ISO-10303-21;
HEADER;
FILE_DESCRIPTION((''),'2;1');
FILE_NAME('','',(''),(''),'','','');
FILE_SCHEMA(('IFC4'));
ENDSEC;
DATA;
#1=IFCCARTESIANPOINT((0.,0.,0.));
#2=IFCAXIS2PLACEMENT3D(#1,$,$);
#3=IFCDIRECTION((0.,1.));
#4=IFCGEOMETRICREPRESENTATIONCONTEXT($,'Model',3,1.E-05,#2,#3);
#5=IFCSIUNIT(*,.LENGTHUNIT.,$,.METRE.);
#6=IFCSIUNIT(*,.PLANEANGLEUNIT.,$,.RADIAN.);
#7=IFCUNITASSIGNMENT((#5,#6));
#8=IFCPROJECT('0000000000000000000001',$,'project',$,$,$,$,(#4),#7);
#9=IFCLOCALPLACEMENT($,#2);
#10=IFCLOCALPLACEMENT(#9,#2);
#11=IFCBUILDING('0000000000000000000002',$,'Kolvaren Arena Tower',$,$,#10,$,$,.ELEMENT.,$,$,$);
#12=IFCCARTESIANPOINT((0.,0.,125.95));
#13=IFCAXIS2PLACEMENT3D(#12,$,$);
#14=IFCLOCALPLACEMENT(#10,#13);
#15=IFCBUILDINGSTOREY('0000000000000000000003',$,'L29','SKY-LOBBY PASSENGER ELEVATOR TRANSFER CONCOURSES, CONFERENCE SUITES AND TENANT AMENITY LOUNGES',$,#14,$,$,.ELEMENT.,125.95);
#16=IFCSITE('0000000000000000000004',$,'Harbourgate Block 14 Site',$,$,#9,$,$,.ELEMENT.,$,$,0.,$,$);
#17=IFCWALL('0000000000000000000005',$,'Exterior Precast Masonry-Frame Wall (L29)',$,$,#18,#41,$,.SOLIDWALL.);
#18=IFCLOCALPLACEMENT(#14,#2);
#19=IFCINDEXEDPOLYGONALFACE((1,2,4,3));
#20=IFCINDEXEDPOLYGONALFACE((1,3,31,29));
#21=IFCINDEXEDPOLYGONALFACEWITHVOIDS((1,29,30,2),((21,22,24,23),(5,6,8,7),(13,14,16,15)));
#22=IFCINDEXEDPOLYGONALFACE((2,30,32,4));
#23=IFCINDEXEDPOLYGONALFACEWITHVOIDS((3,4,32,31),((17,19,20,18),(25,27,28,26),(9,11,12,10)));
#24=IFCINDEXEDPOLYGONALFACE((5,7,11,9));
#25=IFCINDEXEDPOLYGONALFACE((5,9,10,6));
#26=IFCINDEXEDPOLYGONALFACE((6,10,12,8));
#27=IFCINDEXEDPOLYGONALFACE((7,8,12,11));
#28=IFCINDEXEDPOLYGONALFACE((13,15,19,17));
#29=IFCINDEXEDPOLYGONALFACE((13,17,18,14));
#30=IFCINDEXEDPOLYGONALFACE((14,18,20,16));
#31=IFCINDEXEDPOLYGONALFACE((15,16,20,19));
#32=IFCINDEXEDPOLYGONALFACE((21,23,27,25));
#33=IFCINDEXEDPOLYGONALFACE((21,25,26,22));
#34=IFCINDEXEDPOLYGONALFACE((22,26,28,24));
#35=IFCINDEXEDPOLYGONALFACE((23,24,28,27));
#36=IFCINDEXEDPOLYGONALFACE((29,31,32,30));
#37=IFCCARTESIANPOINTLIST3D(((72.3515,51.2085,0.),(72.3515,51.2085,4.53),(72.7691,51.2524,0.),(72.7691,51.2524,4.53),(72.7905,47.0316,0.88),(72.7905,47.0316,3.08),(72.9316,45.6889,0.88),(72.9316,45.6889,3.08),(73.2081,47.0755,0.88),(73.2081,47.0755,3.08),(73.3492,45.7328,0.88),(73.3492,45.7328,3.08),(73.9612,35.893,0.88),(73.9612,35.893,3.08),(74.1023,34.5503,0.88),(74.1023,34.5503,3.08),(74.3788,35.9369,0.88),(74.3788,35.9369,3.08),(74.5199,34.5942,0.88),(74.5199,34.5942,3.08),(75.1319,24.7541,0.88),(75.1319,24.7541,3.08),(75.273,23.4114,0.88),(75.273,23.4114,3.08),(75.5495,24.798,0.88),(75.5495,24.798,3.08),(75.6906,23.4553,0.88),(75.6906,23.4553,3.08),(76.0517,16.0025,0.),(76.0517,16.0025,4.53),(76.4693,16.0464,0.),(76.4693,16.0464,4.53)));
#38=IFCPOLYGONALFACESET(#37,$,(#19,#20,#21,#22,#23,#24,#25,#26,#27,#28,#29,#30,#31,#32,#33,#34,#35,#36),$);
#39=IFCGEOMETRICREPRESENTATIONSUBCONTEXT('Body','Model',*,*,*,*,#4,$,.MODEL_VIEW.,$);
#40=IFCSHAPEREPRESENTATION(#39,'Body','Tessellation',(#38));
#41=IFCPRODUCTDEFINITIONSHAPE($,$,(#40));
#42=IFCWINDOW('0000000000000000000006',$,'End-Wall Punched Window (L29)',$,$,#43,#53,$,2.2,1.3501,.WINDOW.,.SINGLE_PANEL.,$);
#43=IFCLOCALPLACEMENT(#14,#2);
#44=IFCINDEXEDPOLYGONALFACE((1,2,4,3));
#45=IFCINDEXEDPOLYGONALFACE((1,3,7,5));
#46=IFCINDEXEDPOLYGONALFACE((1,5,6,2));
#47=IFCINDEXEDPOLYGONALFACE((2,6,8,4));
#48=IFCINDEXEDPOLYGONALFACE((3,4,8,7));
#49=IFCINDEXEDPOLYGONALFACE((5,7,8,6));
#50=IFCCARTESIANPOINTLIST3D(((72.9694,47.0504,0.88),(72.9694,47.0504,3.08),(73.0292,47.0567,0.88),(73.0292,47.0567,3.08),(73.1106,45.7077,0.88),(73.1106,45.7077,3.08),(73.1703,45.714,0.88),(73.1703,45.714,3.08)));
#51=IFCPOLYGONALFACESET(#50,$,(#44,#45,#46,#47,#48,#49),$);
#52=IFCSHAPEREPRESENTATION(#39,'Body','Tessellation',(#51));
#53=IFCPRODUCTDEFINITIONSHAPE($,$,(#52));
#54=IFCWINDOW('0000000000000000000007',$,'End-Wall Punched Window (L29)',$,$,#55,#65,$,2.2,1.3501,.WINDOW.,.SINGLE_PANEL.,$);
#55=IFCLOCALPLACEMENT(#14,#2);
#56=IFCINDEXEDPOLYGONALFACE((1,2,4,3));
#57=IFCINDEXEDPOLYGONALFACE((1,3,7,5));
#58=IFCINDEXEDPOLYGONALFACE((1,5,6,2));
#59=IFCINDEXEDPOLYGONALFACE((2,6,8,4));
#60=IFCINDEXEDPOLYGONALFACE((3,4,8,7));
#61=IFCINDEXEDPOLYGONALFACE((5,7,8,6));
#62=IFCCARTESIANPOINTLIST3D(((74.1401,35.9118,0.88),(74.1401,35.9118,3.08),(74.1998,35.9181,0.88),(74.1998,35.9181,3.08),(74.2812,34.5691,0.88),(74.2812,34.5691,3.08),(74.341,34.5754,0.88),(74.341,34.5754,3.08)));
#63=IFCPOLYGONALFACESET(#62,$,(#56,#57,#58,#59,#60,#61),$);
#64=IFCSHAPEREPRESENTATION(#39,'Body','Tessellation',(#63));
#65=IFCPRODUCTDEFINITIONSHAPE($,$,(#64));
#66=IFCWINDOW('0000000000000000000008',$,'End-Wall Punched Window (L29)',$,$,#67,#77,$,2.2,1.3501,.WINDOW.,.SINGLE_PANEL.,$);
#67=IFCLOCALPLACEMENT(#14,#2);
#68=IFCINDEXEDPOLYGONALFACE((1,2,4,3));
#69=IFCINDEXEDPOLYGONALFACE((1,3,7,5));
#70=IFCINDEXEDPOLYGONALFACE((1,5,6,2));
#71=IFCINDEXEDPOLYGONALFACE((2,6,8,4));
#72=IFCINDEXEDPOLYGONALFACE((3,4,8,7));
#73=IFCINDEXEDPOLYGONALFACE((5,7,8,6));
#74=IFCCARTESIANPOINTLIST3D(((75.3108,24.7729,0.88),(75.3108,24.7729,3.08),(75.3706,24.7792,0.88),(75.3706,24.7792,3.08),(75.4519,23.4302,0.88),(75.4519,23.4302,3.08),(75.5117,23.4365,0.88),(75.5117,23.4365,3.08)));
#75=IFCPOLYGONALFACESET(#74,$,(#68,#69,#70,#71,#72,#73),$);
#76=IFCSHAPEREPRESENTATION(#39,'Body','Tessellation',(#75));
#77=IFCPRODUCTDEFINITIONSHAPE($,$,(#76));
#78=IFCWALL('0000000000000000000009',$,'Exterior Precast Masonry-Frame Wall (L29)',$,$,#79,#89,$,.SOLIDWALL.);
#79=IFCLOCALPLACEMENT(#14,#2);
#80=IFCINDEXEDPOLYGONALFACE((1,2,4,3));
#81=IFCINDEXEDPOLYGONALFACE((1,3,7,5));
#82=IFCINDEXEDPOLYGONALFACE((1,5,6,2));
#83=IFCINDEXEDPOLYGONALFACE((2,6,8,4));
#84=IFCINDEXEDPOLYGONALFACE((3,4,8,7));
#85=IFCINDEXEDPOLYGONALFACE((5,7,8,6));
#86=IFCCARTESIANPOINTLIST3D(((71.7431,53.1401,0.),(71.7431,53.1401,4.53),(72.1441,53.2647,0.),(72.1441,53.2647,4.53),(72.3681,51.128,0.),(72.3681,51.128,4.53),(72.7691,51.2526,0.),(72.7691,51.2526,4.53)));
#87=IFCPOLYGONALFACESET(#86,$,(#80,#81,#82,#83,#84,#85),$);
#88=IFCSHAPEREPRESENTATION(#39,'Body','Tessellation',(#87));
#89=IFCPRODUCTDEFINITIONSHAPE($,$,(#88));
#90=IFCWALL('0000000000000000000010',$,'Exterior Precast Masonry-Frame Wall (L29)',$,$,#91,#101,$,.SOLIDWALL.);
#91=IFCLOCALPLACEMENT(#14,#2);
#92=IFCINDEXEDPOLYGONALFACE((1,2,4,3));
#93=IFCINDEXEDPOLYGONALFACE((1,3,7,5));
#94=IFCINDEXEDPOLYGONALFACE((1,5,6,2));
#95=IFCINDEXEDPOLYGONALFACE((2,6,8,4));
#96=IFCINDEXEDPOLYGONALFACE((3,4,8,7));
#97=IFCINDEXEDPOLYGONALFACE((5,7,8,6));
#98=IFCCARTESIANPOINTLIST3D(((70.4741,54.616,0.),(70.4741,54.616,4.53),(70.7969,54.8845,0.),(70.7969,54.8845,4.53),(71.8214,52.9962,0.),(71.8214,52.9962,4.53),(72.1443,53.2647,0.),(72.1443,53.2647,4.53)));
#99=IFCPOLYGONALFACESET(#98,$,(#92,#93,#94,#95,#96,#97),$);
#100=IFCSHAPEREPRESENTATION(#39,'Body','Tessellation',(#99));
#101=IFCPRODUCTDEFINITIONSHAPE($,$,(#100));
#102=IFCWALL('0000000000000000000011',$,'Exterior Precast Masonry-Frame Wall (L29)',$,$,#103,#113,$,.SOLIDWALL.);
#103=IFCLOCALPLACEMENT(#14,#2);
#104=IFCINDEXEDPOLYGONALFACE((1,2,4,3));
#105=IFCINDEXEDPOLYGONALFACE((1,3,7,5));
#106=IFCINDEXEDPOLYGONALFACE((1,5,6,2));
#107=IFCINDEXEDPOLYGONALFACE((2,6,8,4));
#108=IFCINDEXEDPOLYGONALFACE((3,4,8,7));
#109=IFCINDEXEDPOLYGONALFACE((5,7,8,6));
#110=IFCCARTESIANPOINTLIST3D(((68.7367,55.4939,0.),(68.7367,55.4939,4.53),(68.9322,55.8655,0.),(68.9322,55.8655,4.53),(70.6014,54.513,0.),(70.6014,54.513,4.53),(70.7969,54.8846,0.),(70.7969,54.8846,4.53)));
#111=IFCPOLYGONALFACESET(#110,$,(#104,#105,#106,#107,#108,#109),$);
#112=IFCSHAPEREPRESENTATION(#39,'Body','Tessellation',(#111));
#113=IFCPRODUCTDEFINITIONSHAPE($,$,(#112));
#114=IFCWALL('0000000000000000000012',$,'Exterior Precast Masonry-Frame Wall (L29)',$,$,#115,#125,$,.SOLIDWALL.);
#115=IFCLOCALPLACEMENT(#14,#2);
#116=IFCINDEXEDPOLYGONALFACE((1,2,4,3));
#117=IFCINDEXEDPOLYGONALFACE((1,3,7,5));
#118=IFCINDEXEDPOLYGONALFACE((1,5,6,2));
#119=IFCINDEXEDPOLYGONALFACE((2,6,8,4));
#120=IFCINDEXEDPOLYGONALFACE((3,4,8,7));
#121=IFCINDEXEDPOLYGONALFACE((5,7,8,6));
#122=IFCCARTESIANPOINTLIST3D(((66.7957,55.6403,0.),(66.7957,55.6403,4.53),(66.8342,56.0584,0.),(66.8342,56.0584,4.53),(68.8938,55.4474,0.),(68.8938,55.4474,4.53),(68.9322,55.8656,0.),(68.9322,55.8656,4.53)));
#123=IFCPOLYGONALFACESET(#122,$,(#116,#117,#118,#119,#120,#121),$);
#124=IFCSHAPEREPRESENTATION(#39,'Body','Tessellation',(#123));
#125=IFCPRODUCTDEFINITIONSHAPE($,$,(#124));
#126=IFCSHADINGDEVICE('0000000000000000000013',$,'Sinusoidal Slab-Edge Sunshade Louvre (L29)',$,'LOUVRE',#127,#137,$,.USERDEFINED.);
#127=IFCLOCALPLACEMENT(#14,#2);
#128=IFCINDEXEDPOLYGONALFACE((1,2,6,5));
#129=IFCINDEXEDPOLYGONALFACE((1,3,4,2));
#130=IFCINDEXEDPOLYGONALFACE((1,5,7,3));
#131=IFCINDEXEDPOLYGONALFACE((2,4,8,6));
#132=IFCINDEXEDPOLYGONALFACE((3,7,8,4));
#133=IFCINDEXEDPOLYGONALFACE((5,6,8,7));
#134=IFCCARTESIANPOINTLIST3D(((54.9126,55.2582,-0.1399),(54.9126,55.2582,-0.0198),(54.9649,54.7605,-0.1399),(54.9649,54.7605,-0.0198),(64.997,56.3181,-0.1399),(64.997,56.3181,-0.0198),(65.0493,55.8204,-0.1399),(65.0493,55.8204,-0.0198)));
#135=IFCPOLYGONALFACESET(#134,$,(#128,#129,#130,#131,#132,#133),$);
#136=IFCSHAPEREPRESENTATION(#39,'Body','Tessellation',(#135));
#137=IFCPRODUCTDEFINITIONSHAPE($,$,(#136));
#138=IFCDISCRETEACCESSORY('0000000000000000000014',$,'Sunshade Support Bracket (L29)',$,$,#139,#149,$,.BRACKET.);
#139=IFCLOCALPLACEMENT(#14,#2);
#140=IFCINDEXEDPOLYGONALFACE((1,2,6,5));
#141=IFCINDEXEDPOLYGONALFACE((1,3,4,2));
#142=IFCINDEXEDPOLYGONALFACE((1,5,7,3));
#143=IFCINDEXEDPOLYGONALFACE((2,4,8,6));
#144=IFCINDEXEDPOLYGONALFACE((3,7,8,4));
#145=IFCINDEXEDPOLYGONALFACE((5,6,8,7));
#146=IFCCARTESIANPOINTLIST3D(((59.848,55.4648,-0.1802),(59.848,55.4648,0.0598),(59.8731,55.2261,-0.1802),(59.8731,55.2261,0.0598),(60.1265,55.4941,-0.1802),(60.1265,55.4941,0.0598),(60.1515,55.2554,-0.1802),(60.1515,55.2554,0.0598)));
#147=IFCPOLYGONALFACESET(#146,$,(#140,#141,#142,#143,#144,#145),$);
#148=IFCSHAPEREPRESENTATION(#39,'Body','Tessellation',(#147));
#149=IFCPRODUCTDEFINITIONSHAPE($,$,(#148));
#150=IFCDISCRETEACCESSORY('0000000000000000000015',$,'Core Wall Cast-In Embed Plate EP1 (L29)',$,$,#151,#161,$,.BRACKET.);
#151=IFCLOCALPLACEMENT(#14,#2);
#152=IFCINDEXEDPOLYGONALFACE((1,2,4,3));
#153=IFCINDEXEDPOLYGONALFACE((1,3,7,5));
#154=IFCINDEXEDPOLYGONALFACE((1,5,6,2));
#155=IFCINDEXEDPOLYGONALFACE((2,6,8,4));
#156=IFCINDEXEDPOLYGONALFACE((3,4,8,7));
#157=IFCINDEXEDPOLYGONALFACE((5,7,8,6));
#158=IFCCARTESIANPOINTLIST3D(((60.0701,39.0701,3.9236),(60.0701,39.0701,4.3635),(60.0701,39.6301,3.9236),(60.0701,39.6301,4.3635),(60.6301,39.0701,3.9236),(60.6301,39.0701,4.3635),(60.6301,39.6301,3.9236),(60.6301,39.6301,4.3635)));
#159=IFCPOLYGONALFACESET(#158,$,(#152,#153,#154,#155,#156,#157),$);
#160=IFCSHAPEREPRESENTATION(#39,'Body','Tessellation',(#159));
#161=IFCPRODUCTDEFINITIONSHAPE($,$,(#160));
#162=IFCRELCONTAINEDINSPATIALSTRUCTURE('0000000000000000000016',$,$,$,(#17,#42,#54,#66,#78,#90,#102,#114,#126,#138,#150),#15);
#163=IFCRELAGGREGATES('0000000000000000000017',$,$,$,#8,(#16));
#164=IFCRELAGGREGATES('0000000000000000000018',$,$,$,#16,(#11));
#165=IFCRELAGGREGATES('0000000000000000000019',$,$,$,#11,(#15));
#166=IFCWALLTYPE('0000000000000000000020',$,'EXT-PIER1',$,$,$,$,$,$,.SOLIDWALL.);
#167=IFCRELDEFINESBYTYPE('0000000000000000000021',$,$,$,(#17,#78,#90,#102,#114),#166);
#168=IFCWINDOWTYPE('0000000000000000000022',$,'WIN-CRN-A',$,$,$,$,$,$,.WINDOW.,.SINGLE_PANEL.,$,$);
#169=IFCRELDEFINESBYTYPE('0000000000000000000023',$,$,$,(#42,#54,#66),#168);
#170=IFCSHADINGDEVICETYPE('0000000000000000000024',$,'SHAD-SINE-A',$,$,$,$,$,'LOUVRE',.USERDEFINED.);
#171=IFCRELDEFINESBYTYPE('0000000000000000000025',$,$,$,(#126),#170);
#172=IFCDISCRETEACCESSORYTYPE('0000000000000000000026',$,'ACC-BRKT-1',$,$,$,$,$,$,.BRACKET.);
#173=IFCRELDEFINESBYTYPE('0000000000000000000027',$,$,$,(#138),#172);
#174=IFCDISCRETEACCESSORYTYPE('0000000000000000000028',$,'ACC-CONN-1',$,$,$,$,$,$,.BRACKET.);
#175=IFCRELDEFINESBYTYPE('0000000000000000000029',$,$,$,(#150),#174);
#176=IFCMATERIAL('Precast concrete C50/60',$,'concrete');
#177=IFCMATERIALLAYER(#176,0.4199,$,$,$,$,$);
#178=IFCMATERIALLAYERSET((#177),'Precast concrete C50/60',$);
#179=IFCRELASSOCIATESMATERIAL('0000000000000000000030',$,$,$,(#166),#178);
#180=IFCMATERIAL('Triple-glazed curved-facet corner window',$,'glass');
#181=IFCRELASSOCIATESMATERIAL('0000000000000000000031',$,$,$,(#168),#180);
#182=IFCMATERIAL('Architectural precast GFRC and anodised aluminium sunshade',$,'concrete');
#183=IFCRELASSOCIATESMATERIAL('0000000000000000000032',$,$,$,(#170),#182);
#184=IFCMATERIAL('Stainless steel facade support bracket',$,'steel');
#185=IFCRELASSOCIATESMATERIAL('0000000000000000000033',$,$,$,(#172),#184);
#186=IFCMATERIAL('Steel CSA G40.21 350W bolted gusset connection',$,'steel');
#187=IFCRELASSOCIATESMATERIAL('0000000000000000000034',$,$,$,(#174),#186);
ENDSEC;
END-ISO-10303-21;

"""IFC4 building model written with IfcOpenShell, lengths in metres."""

from ifc_helpers import new_model, si_unit, direction, frame, frame_2d, origin, origin_2d, place, context, subcontext, project, spatial, rectangle, extrude, material, layer, layer_set, type_object, element, fill, save


model = new_model("IFC4")

# Units and contexts
model_context = context("Model", 3, precision=1e-05, world=origin(), true_north=direction((0.0, 1.0)))
body_context = subcontext(model_context, "Body", "Model", "MODEL_VIEW")
ifc_project = project(units=[si_unit("LENGTHUNIT", "METRE"), si_unit("PLANEANGLEUNIT", "RADIAN")], contexts=[model_context])

# Site, building, storey
site_placement = place(None, origin())
site = spatial("IfcSite", under=ifc_project, at=site_placement, Name="Harbourgate Block 14 Site", CompositionType="ELEMENT", RefElevation=0.0)
building_placement = place(site_placement, origin())
building = spatial("IfcBuilding", under=site, at=building_placement, Name="Kolvaren Arena Tower", CompositionType="ELEMENT")
storey_placement = place(building_placement, frame((0.0, 0.0, 125.95)))
storey = spatial("IfcBuildingStorey", under=building, at=storey_placement, Name="L29", Description="SKY-LOBBY PASSENGER ELEVATOR TRANSFER CONCOURSES, CONFERENCE SUITES AND TENANT AMENITY LOUNGES", CompositionType="ELEMENT", Elevation=125.95)

# Wall, openings, windows
ifc_material_1 = material(Name="Precast concrete C50/60", Category="concrete")
ifc_layer_1 = layer(ifc_material_1, 0.4199)
ifc_layer_set_1 = layer_set([ifc_layer_1], Name="Precast concrete C50/60")
wall_type_1 = type_object("IfcWallType", Name="EXT-PIER1", PredefinedType="SOLIDWALL", material=ifc_layer_set_1)
wall_1_placement = place(storey_placement, frame((72.5603, 51.2305, 0.0), z_axis=(0.0, 0.0, 1.0), x_axis=(0.104525, -0.994522, 0.0)))
wall_1 = element("IfcWall", 1, at=wall_1_placement, inside=storey, type_object=wall_type_1, Name="Exterior Precast Masonry-Frame Wall (L29)", PredefinedType="SOLIDWALL", context=body_context, shape_type="SweptSolid", body=[
    extrude(rectangle(XDim=35.3999, YDim=0.4199, at=frame_2d((17.7, 0.0))), origin(), (0.0, 0.0, 1.0), 4.53),
])
opening_1_placement = place(wall_1_placement, frame((4.2, 0.0, 0.8799)))
opening_1 = element("IfcOpeningElement", 2, at=opening_1_placement, cuts=wall_1, PredefinedType="OPENING", context=body_context, shape_type="SweptSolid", body=[
    extrude(rectangle(XDim=1.3501, YDim=2.2, at=frame_2d((0.675, 1.1001))), frame((0.0, 0.22, 0.0), z_axis=(0.0, -1.0, 0.0), x_axis=(1.0, 0.0, 0.0)), (0.0, 0.0, 1.0), 0.4399),
])
opening_2_placement = place(wall_1_placement, frame((15.3999, 0.0, 0.8799)))
opening_2 = element("IfcOpeningElement", 3, at=opening_2_placement, cuts=wall_1, PredefinedType="OPENING", context=body_context, shape_type="SweptSolid", body=[
    extrude(rectangle(XDim=1.3501, YDim=2.2, at=frame_2d((0.675, 1.1001))), frame((0.0, 0.22, 0.0), z_axis=(0.0, -1.0, 0.0), x_axis=(1.0, 0.0, 0.0)), (0.0, 0.0, 1.0), 0.4399),
])
opening_3_placement = place(wall_1_placement, frame((26.6001, 0.0, 0.8799)))
opening_3 = element("IfcOpeningElement", 4, at=opening_3_placement, cuts=wall_1, PredefinedType="OPENING", context=body_context, shape_type="SweptSolid", body=[
    extrude(rectangle(XDim=1.3501, YDim=2.2, at=frame_2d((0.675, 1.1001))), frame((0.0, 0.22, 0.0), z_axis=(0.0, -1.0, 0.0), x_axis=(1.0, 0.0, 0.0)), (0.0, 0.0, 1.0), 0.4399),
])
ifc_material_2 = material(Name="Triple-glazed curved-facet corner window", Category="glass")
window_type = type_object("IfcWindowType", Name="WIN-CRN-A", PartitioningType="SINGLE_PANEL", PredefinedType="WINDOW", material=ifc_material_2)
window_1_placement = place(opening_1_placement, origin())
window_1 = element("IfcWindow", 5, at=window_1_placement, inside=storey, type_object=window_type, Name="End-Wall Punched Window (L29)", OverallHeight=2.2, OverallWidth=1.3501, PartitioningType="SINGLE_PANEL", PredefinedType="WINDOW", context=body_context, shape_type="SweptSolid", body=[
    extrude(rectangle(XDim=1.3501, YDim=2.2, at=frame_2d((0.675, 1.1001))), frame((0.0, 0.03, 0.0), z_axis=(0.0, -1.0, 0.0), x_axis=(1.0, 0.0, 0.0)), (0.0, 0.0, 1.0), 0.0601),
])
fill(opening_1, window_1)
window_2_placement = place(opening_2_placement, origin())
window_2 = element("IfcWindow", 6, at=window_2_placement, inside=storey, type_object=window_type, Name="End-Wall Punched Window (L29)", OverallHeight=2.2, OverallWidth=1.3501, PartitioningType="SINGLE_PANEL", PredefinedType="WINDOW", context=body_context, shape_type="SweptSolid", body=[
    extrude(rectangle(XDim=1.3501, YDim=2.2, at=frame_2d((0.675, 1.1001))), frame((0.0, 0.03, 0.0), z_axis=(0.0, -1.0, 0.0), x_axis=(1.0, 0.0, 0.0)), (0.0, 0.0, 1.0), 0.0601),
])
fill(opening_2, window_2)
window_3_placement = place(opening_3_placement, origin())
window_3 = element("IfcWindow", 7, at=window_3_placement, inside=storey, type_object=window_type, Name="End-Wall Punched Window (L29)", OverallHeight=2.2, OverallWidth=1.3501, PartitioningType="SINGLE_PANEL", PredefinedType="WINDOW", context=body_context, shape_type="SweptSolid", body=[
    extrude(rectangle(XDim=1.3501, YDim=2.2, at=frame_2d((0.675, 1.1001))), frame((0.0, 0.03, 0.0), z_axis=(0.0, -1.0, 0.0), x_axis=(1.0, 0.0, 0.0)), (0.0, 0.0, 1.0), 0.0601),
])
fill(opening_3, window_3)

# Walls
for number, where, z_axis, x_axis, name in (
    (8, (71.9436, 53.2024, 0.0), (0.0, 0.0, 1.0), (0.296625, -0.954994, 0.0), "Exterior Precast Masonry-Frame Wall (L29)"),
    (9, (70.6355, 54.7502, 0.0), (0.0, 0.0, 1.0), (0.639489, -0.7688, 0.0), "Exterior Precast Masonry-Frame Wall (L29)"),
    (10, (68.8345, 55.6797, 0.0), (0.0, 0.0, 1.0), (0.885014, -0.465565, 0.0), "Exterior Precast Masonry-Frame Wall (L29)"),
    (11, (66.8149, 55.8494, 0.0), (0.0, 0.0, 1.0), (0.995802, -0.091539, 0.0), "Exterior Precast Masonry-Frame Wall (L29)"),
):
    element("IfcWall", number, at=place(storey_placement, frame(where, z_axis=z_axis, x_axis=x_axis)), inside=storey, type_object=wall_type_1, Name=name, PredefinedType="SOLIDWALL", context=body_context, shape_type="SweptSolid", body=[
        extrude(rectangle(XDim=2.1069, YDim=0.4199, at=frame_2d((1.0535, 0.0))), origin(), (0.0, 0.0, 1.0), 4.53),
    ])

# Shading device
ifc_material_3 = material(Name="Architectural precast GFRC and anodised aluminium sunshade", Category="concrete")
shading_device_type = type_object("IfcShadingDeviceType", Name="SHAD-SINE-A", ElementType="LOUVRE", PredefinedType="USERDEFINED", material=ifc_material_3)
shading_device_placement = place(storey_placement, frame((59.981, 55.5393, -0.1399), z_axis=(0.0, 0.0, 1.0), x_axis=(0.994522, 0.104527, 0.0)))
element("IfcShadingDevice", 12, at=shading_device_placement, inside=storey, type_object=shading_device_type, Name="Sinusoidal Slab-Edge Sunshade Louvre (L29)", ObjectType="LOUVRE", PredefinedType="USERDEFINED", context=body_context, shape_type="SweptSolid", body=[
    extrude(rectangle(XDim=10.1399, YDim=0.5005, at=origin_2d()), origin(), (0.0, 0.0, 1.0), 0.1201),
])

# Discrete accessories
ifc_material_4 = material(Name="Stainless steel facade support bracket", Category="steel")
discrete_accessory_type_1 = type_object("IfcDiscreteAccessoryType", Name="ACC-BRKT-1", PredefinedType="BRACKET", material=ifc_material_4)
discrete_accessory_1_placement = place(storey_placement, frame((59.9998, 55.3601, -0.1802), z_axis=(0.0, 0.0, 1.0), x_axis=(0.994522, 0.104527, 0.0)))
element("IfcDiscreteAccessory", 13, at=discrete_accessory_1_placement, inside=storey, type_object=discrete_accessory_type_1, Name="Sunshade Support Bracket (L29)", PredefinedType="BRACKET", context=body_context, shape_type="SweptSolid", body=[
    extrude(rectangle(XDim=0.28, YDim=0.24, at=origin_2d()), origin(), (0.0, 0.0, 1.0), 0.24),
])
ifc_material_5 = material(Name="Steel CSA G40.21 350W bolted gusset connection", Category="steel")
discrete_accessory_type_2 = type_object("IfcDiscreteAccessoryType", Name="ACC-CONN-1", PredefinedType="BRACKET", material=ifc_material_5)
discrete_accessory_2_placement = place(storey_placement, frame((60.3501, 39.3501, 3.9236), z_axis=(0.0, 0.0, 1.0), x_axis=(1.0, 0.0, 0.0)))
element("IfcDiscreteAccessory", 14, at=discrete_accessory_2_placement, inside=storey, type_object=discrete_accessory_type_2, Name="Core Wall Cast-In Embed Plate EP1 (L29)", PredefinedType="BRACKET", context=body_context, shape_type="SweptSolid", body=[
    extrude(rectangle(XDim=0.5601, YDim=0.5601, at=origin_2d()), origin(), (0.0, 0.0, 1.0), 0.4399),
])

save(model, "model.ifc")
